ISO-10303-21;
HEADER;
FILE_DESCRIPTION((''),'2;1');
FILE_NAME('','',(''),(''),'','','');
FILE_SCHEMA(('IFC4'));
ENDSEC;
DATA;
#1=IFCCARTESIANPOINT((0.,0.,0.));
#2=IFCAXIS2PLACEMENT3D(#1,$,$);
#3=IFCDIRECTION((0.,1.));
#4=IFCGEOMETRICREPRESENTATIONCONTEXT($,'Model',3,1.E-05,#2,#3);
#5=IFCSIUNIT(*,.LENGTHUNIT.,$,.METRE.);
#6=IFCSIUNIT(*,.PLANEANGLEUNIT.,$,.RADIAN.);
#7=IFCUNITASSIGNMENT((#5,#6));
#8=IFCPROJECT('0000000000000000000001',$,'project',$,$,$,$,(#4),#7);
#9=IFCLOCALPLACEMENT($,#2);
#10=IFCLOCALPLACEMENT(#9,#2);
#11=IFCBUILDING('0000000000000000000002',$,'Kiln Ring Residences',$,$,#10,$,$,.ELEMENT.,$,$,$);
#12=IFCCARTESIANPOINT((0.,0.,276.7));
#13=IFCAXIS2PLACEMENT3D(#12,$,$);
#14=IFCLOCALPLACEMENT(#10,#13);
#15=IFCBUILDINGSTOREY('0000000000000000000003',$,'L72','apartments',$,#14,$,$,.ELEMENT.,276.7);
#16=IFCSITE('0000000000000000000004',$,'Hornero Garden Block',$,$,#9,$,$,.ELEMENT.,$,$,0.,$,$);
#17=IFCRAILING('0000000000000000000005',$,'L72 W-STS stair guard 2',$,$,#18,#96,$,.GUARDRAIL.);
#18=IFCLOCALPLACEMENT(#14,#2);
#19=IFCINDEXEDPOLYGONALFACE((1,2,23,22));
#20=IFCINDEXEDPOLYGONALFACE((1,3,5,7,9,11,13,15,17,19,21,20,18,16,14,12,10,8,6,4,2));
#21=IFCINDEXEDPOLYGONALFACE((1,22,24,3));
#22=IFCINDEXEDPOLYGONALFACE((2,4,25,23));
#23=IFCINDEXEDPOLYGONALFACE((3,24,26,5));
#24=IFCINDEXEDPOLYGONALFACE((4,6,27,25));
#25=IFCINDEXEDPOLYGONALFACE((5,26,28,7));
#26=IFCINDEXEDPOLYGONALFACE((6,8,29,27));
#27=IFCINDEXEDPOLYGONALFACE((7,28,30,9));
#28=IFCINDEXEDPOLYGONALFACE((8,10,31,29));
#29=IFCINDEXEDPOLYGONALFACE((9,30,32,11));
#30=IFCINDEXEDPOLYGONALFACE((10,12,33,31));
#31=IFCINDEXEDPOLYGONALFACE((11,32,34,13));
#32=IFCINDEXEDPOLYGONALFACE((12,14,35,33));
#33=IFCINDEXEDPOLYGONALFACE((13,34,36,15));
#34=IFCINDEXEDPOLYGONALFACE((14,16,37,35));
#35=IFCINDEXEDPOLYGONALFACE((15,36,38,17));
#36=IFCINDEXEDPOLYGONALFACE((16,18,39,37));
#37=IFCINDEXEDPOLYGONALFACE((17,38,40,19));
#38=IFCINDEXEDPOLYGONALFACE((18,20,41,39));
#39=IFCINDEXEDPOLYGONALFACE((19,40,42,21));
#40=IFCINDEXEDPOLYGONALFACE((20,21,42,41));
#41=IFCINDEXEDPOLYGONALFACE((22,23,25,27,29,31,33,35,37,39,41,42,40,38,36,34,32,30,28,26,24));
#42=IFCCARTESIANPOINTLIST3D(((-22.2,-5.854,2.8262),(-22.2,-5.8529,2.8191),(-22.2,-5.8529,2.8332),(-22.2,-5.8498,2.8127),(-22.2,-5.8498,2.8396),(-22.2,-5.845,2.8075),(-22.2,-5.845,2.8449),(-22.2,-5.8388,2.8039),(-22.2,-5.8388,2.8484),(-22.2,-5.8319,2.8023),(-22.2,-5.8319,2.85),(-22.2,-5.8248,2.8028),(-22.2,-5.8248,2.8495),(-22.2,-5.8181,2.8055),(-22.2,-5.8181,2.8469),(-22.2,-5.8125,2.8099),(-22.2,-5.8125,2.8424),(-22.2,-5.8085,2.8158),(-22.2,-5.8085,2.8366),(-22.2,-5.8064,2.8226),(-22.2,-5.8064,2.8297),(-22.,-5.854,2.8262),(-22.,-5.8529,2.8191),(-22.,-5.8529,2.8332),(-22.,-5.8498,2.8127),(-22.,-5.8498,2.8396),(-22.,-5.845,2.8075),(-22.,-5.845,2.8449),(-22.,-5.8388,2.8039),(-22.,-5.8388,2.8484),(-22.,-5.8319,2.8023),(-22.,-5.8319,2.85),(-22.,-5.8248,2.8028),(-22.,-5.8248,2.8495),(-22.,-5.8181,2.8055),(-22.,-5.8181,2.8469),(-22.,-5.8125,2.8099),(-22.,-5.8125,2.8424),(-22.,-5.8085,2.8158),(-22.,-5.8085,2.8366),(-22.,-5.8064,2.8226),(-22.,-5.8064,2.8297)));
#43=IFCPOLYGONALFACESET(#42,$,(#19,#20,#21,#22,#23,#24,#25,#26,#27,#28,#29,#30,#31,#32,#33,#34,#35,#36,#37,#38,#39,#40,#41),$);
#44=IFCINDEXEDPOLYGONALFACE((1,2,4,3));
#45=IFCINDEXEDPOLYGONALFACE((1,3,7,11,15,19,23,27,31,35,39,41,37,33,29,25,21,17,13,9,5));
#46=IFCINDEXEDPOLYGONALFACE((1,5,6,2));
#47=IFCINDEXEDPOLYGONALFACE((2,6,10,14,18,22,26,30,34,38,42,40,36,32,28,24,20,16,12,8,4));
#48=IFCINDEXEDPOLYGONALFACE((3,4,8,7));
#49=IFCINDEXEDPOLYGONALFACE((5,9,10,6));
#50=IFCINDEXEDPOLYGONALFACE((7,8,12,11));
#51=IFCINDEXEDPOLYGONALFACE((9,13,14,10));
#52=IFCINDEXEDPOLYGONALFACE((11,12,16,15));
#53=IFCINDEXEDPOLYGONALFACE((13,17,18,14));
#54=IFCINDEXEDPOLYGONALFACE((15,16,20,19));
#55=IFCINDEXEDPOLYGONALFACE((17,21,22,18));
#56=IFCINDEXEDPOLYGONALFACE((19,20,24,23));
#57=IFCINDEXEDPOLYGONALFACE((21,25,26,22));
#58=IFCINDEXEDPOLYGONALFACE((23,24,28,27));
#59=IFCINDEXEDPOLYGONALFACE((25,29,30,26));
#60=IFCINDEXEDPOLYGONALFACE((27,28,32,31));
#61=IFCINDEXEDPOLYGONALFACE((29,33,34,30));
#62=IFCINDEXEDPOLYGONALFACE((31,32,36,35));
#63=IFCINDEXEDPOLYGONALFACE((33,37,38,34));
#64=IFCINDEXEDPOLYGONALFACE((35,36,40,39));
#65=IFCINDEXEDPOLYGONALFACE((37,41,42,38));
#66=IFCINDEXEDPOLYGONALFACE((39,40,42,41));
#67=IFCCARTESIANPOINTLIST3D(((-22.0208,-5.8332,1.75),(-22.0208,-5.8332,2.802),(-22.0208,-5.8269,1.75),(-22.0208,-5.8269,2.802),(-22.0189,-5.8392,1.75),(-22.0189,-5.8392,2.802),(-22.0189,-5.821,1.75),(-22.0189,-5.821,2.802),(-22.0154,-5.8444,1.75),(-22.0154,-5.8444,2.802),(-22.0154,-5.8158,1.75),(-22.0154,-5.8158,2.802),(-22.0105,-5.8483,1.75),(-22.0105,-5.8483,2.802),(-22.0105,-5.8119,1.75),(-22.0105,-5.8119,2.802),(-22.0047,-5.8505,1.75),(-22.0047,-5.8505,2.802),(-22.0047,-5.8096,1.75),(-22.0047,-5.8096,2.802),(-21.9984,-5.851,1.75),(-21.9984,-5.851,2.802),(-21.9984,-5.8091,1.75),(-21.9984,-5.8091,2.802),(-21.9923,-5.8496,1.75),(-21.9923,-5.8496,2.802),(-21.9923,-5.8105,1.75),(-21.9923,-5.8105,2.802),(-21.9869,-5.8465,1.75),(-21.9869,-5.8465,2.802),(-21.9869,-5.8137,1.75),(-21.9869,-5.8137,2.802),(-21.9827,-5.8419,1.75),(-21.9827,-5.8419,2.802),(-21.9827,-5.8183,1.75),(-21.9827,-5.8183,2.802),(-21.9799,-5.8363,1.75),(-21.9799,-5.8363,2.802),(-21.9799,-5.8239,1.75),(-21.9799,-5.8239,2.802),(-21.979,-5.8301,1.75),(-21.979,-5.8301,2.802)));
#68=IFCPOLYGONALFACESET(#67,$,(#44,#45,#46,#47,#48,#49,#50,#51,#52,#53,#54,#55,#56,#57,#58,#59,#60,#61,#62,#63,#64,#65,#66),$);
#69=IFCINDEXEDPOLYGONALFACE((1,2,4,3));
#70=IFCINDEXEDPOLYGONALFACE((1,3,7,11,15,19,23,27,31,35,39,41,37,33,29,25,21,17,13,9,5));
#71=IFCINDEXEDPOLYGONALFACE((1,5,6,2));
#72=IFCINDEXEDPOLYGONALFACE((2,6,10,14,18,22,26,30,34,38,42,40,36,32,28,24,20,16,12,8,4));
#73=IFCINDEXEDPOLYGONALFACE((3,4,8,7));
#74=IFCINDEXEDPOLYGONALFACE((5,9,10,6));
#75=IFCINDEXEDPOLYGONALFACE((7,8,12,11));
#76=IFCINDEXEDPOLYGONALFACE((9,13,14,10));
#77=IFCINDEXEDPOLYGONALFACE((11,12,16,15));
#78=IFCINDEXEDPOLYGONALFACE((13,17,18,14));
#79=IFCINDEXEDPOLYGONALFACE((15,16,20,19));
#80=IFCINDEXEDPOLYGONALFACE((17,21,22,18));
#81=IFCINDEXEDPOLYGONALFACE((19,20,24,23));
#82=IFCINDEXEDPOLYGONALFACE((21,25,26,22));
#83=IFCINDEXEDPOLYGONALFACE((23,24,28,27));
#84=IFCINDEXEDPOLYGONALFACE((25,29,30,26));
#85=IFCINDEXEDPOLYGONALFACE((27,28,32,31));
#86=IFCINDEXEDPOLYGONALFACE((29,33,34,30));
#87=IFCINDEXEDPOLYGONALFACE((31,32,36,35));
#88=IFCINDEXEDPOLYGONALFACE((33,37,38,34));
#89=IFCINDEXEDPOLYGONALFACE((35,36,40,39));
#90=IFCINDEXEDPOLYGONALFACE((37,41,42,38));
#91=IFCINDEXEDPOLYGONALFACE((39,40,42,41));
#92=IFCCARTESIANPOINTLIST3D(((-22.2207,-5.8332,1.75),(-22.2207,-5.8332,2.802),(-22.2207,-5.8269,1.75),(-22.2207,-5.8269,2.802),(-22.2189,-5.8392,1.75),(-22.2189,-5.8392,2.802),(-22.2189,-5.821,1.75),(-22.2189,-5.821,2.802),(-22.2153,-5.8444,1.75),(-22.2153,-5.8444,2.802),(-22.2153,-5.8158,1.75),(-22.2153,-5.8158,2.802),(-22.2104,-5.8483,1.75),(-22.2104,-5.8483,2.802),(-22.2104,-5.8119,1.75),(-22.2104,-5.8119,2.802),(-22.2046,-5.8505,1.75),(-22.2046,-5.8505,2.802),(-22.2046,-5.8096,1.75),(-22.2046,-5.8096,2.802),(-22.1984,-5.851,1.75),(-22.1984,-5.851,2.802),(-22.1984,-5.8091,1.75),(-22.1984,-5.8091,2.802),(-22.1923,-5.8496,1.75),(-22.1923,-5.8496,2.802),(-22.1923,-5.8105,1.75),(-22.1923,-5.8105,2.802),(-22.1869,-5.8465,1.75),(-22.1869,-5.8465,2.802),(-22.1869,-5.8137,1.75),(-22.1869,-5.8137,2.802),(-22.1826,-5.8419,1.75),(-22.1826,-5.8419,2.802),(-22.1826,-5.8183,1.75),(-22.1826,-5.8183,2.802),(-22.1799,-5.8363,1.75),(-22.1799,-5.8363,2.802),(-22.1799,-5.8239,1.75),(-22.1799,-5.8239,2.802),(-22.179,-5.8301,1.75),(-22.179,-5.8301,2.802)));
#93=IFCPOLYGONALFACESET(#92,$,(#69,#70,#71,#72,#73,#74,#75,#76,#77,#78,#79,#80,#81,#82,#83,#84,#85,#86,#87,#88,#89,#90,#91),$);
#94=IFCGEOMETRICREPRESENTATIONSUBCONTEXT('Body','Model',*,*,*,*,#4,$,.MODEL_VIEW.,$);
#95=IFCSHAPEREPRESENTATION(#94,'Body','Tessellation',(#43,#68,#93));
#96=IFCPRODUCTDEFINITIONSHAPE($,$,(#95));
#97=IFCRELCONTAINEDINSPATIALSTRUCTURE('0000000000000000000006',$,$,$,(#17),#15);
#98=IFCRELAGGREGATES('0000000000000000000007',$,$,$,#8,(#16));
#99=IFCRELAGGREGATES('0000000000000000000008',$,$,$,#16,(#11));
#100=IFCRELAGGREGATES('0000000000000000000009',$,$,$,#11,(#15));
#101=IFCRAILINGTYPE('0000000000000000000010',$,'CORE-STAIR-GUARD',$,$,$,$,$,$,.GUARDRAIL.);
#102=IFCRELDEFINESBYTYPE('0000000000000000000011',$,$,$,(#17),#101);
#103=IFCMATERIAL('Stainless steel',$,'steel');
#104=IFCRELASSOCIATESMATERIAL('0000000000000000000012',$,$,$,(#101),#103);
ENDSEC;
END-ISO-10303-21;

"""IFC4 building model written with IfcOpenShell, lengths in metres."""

from ifc_helpers import new_model, si_unit, direction, frame, origin, origin_2d, place, context, subcontext, project, spatial, circle, extrude, material, type_object, element, save


model = new_model("IFC4")

# Units and contexts
model_context = context("Model", 3, precision=1e-05, world=origin(), true_north=direction((0.0, 1.0)))
body_context = subcontext(model_context, "Body", "Model", "MODEL_VIEW")
ifc_project = project(units=[si_unit("LENGTHUNIT", "METRE"), si_unit("PLANEANGLEUNIT", "RADIAN")], contexts=[model_context])

# Site, building, storey
site_placement = place(None, origin())
site = spatial("IfcSite", under=ifc_project, at=site_placement, Name="Hornero Garden Block", CompositionType="ELEMENT", RefElevation=0.0)
building_placement = place(site_placement, origin())
building = spatial("IfcBuilding", under=site, at=building_placement, Name="Kiln Ring Residences", CompositionType="ELEMENT")
storey_placement = place(building_placement, frame((0.0, 0.0, 276.7)))
storey = spatial("IfcBuildingStorey", under=building, at=storey_placement, Name="L72", Description="apartments", CompositionType="ELEMENT", Elevation=276.7)

# Railing
ifc_material_1 = material(Name="Stainless steel", Category="steel")
railing_type_1 = type_object("IfcRailingType", Name="CORE-STAIR-GUARD", PredefinedType="GUARDRAIL", material=ifc_material_1)
railing_1_placement = place(storey_placement, frame((-22.0, -5.8301, 1.75)))
element("IfcRailing", 1, at=railing_1_placement, inside=storey, type_object=railing_type_1, Name="L72 W-STS stair guard 2", PredefinedType="GUARDRAIL", context=body_context, shape_type="SweptSolid", body=[
    extrude(circle(Radius=0.0239, at=origin_2d()), frame((0.0, 0.0, 1.0762), z_axis=(-1.0, 0.0, 0.0), x_axis=(0.0, -1.0, 0.0)), (0.0, 0.0, 1.0), 0.2),
    extrude(circle(Radius=0.021, at=origin_2d()), origin(), (0.0, 0.0, 1.0), 1.052),
    extrude(circle(Radius=0.021, at=origin_2d()), frame((-0.2, 0.0, 0.0)), (0.0, 0.0, 1.0), 1.052),
])

save(model, "model.ifc")
